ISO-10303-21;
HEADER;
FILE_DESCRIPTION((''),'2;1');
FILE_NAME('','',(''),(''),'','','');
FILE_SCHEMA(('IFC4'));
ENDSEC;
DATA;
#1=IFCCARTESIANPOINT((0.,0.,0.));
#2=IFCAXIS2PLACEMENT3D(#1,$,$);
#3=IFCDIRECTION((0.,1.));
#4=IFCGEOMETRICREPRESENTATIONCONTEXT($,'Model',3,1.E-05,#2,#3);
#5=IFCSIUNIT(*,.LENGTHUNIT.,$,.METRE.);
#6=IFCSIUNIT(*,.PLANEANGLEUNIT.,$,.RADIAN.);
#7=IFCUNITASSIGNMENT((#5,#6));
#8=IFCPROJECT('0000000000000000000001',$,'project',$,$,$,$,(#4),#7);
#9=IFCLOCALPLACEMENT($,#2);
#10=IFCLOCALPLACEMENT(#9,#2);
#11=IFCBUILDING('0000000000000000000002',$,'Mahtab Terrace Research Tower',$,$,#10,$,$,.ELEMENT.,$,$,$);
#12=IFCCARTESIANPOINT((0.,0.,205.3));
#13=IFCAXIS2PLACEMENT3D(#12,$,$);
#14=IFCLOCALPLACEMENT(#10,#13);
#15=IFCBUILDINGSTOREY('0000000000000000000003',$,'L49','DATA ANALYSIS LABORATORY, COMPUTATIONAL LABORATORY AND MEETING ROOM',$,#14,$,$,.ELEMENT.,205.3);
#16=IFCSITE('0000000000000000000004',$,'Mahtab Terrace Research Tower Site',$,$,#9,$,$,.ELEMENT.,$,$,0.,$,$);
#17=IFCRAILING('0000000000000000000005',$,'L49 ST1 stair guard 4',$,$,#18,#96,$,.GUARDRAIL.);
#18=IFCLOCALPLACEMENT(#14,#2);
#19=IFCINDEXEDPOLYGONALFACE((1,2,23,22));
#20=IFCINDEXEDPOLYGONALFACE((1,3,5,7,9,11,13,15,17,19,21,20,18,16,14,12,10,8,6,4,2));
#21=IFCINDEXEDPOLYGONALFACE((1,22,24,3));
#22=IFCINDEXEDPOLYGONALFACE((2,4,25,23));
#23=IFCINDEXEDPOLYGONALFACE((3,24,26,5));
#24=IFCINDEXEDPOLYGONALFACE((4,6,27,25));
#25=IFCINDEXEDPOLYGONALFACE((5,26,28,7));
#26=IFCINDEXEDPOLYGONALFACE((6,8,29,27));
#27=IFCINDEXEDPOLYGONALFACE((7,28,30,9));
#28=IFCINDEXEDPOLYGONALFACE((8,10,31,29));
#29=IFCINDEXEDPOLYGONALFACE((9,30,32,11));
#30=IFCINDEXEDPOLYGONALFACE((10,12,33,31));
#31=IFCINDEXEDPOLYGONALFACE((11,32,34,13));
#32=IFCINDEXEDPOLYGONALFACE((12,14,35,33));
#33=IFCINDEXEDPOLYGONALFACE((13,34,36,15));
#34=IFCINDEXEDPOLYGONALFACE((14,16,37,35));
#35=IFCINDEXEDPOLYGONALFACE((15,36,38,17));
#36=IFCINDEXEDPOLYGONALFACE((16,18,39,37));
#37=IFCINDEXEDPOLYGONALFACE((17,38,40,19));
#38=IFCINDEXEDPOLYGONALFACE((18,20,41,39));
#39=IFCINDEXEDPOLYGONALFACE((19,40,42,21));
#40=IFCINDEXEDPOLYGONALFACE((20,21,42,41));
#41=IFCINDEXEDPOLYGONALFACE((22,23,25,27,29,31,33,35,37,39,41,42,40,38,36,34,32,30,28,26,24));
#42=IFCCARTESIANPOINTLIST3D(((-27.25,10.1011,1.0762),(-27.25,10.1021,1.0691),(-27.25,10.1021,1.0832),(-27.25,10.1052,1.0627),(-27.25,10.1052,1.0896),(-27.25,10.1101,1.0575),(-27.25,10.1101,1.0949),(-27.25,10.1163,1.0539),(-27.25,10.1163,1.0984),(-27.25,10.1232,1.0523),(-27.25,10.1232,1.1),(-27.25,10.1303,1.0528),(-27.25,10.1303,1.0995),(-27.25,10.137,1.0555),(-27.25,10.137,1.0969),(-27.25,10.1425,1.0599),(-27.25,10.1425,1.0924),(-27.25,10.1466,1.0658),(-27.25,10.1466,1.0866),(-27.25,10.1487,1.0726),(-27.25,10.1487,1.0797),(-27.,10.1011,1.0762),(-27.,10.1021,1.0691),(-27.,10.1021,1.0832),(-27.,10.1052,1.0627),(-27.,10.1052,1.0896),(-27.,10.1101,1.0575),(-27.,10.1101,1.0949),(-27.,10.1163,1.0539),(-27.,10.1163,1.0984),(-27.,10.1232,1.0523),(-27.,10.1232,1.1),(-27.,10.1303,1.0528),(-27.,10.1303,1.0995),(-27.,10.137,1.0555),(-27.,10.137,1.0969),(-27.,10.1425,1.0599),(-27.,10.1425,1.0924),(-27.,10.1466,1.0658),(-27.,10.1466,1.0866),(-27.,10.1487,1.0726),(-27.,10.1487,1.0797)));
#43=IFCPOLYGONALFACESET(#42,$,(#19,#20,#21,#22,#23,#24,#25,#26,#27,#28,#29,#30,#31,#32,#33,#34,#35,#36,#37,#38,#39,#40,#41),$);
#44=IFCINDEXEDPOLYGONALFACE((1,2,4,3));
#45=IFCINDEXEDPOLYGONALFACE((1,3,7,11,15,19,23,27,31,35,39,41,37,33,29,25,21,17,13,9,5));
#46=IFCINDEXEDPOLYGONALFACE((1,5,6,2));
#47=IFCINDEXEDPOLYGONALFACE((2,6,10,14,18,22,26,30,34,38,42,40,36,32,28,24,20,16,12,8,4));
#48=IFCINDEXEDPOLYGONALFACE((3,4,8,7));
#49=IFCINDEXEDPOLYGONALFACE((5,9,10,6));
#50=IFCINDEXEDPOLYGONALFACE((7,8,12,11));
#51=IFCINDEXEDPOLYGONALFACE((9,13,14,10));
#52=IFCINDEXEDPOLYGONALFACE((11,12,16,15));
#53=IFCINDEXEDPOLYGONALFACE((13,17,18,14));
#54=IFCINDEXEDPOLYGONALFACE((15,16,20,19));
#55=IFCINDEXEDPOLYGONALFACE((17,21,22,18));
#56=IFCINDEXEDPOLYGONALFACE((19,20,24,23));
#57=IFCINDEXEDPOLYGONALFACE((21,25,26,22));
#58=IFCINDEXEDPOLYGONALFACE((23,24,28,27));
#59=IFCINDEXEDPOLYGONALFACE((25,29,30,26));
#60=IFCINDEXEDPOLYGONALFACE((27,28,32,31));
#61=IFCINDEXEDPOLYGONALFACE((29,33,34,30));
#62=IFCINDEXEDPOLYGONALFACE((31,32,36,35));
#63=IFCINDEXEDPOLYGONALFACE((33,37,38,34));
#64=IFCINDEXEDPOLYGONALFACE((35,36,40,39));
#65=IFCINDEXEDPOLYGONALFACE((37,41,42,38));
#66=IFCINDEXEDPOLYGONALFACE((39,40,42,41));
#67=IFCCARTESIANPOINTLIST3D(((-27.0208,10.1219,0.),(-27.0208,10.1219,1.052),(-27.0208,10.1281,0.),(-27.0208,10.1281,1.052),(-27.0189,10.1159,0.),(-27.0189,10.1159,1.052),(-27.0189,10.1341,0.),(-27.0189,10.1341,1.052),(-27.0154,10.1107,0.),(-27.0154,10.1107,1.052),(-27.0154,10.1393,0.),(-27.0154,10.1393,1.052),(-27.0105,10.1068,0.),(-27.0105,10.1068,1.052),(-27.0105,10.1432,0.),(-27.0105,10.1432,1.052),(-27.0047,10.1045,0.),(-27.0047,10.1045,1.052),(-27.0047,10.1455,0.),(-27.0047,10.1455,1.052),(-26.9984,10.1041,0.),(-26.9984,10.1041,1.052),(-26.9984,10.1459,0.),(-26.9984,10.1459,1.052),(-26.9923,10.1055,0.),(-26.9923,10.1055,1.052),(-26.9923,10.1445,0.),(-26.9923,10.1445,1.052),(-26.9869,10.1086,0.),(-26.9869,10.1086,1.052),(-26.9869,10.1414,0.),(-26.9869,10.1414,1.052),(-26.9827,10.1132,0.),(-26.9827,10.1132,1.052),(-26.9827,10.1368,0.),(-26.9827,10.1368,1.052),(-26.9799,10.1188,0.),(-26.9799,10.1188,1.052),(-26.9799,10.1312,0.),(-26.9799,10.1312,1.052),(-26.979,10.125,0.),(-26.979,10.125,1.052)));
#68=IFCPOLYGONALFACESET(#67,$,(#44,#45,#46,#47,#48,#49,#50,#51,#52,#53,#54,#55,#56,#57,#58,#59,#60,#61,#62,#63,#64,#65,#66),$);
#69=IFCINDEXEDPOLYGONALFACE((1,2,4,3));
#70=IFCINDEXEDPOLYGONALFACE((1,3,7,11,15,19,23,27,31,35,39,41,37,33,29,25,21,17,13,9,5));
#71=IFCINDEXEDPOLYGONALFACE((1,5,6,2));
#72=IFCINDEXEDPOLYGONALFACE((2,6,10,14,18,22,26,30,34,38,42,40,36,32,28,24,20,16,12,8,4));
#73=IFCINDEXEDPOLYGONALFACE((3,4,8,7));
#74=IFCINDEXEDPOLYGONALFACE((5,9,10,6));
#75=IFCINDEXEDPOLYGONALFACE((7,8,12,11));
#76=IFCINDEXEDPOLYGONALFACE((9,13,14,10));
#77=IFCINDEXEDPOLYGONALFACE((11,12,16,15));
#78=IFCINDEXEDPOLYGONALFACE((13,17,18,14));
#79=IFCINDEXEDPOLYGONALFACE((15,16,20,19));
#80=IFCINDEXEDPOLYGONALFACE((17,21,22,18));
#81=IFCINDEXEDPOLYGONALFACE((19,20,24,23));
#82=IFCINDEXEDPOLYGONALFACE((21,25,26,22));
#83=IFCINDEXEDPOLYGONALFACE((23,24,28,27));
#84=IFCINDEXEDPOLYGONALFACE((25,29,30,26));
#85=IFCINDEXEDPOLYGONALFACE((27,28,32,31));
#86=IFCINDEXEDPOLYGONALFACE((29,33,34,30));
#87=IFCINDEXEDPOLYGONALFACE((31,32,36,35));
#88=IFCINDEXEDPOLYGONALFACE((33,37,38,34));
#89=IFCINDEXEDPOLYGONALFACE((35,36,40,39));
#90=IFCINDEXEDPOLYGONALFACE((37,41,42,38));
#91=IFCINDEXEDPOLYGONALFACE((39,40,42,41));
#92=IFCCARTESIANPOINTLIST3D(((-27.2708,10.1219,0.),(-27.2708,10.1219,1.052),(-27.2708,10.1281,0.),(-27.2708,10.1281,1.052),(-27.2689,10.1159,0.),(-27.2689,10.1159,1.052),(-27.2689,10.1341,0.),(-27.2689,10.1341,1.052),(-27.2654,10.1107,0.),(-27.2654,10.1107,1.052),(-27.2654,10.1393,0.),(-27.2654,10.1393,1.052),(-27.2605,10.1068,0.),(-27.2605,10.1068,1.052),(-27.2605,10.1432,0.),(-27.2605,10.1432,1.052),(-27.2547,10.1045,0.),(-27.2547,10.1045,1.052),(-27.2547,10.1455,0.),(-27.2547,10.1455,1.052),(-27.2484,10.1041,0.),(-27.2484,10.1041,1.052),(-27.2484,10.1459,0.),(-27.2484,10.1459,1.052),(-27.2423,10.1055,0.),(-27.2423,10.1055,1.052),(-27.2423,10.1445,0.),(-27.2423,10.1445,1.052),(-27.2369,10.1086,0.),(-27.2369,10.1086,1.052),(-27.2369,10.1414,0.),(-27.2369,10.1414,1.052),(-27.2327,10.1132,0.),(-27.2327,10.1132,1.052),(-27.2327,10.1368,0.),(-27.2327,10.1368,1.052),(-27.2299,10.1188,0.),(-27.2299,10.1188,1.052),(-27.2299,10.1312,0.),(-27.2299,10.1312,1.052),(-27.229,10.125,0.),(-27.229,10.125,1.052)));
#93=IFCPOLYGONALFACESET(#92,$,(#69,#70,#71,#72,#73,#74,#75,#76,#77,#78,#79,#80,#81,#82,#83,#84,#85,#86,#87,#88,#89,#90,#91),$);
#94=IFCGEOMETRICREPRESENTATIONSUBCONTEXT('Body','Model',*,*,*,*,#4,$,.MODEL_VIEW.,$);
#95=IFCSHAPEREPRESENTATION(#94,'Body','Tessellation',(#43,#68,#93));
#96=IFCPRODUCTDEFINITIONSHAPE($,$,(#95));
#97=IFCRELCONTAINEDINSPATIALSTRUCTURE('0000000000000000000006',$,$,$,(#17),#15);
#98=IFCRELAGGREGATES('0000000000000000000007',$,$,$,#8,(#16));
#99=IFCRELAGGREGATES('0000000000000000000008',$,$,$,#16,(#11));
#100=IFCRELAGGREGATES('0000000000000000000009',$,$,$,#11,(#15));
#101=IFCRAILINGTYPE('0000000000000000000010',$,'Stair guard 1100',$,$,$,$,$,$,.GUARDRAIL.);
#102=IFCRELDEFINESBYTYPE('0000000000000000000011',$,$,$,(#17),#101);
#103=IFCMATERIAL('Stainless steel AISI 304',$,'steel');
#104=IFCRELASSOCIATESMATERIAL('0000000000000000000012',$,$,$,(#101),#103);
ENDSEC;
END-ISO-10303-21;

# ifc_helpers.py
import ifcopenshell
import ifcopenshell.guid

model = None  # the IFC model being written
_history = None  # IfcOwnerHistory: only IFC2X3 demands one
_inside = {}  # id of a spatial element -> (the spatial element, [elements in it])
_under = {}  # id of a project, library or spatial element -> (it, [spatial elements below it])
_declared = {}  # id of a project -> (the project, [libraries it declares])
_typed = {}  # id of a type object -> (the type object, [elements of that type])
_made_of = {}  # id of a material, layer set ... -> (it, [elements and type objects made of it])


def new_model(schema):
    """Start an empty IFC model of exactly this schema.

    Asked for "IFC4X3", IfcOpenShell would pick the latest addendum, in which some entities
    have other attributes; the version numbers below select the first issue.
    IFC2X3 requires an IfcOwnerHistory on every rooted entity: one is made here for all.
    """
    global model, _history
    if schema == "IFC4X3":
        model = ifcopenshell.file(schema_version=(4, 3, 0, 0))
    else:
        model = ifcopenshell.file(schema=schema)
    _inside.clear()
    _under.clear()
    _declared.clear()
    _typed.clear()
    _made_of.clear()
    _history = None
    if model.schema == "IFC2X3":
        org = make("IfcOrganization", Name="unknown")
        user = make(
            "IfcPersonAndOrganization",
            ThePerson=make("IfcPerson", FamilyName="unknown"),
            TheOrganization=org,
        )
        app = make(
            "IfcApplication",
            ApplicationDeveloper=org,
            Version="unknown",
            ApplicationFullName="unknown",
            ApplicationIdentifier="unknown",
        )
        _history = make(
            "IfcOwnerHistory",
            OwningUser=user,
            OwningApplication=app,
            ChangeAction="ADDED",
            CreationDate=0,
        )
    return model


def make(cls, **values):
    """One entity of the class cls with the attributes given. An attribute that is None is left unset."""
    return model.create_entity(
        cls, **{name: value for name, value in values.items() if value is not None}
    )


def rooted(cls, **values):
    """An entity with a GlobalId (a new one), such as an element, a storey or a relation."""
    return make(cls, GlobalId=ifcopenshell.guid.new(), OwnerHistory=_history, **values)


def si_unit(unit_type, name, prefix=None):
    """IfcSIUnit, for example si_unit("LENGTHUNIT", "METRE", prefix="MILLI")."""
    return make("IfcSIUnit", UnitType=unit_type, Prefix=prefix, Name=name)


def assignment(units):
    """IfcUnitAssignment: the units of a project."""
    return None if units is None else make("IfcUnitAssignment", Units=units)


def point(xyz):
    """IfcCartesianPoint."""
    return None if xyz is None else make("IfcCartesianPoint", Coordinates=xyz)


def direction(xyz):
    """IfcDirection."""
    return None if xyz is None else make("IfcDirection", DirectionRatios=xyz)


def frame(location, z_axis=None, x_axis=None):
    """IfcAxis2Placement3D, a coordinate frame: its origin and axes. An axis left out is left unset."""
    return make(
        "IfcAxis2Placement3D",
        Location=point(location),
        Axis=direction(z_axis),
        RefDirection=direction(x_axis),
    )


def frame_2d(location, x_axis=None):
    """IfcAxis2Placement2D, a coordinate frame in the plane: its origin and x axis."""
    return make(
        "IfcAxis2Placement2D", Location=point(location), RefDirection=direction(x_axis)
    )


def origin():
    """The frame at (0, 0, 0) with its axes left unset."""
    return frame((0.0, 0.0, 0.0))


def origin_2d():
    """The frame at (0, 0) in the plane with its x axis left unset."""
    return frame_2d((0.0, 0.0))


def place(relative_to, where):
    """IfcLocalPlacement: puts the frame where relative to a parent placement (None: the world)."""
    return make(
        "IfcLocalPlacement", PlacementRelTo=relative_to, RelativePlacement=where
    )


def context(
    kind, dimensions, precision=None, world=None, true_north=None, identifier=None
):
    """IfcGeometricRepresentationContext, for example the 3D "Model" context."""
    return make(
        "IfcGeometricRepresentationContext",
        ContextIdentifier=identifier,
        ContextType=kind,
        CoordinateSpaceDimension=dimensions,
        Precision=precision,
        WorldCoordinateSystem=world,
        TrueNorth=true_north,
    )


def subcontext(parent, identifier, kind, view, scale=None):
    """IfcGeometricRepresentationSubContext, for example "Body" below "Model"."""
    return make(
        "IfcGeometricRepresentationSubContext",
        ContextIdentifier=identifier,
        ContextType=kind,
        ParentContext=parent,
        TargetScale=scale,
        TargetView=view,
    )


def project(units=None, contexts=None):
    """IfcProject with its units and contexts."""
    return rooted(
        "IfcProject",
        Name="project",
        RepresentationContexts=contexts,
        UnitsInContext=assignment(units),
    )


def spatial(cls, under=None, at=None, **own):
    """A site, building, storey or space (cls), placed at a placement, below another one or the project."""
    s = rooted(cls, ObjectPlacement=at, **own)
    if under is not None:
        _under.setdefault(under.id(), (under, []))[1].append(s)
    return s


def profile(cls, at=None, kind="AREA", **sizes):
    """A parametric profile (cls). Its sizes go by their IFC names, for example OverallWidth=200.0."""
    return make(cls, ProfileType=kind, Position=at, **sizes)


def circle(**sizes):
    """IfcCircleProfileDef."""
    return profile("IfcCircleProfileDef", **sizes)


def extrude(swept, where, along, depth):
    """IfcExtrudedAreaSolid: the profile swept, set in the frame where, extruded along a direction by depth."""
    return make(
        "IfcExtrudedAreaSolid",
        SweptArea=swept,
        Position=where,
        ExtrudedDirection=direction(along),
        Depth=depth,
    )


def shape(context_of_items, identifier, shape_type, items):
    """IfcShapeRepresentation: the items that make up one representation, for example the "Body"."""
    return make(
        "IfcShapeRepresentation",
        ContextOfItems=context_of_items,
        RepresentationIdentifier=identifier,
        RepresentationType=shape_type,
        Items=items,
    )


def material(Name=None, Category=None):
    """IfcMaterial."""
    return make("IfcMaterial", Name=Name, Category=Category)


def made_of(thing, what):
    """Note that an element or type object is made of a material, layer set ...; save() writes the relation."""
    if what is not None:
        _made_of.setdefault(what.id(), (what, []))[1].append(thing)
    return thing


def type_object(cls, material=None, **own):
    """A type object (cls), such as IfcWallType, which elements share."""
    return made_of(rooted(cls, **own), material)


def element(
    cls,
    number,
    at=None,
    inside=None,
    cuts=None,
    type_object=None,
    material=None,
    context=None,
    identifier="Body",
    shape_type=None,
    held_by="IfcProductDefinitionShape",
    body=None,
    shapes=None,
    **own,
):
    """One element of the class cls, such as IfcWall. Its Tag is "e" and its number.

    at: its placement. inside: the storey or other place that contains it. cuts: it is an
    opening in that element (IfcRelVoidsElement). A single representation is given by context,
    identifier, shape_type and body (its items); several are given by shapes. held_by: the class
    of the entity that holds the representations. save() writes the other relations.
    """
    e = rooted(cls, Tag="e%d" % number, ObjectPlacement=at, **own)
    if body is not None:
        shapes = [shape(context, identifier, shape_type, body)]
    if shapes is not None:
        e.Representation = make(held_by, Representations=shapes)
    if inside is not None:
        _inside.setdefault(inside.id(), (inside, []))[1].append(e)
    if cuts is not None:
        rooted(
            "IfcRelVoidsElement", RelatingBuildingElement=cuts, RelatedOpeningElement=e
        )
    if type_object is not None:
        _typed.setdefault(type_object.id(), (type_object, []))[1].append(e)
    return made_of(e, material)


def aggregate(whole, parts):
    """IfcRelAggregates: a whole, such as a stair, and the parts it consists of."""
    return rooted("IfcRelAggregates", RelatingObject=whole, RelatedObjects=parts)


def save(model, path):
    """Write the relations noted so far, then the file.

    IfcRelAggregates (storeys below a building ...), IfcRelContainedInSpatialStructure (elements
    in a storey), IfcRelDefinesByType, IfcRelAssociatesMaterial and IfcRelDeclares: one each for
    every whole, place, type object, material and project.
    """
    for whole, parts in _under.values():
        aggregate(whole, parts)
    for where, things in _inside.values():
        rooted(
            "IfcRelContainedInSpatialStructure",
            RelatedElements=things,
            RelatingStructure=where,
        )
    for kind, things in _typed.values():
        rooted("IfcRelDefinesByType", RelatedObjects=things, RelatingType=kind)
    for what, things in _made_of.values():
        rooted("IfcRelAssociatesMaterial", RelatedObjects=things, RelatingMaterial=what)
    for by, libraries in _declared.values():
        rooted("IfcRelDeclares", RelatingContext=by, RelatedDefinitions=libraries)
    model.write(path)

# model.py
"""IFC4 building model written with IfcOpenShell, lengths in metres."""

from ifc_helpers import new_model, si_unit, direction, frame, origin, origin_2d, place, context, subcontext, project, spatial, circle, extrude, material, type_object, element, save


model = new_model("IFC4")

# Units and contexts
model_context = context("Model", 3, precision=1e-05, world=origin(), true_north=direction((0.0, 1.0)))
body_context = subcontext(model_context, "Body", "Model", "MODEL_VIEW")
ifc_project = project(units=[si_unit("LENGTHUNIT", "METRE"), si_unit("PLANEANGLEUNIT", "RADIAN")], contexts=[model_context])

# Site, building, storey
site_placement = place(None, origin())
site = spatial("IfcSite", under=ifc_project, at=site_placement, Name="Mahtab Terrace Research Tower Site", CompositionType="ELEMENT", RefElevation=0.0)
building_placement = place(site_placement, origin())
building = spatial("IfcBuilding", under=site, at=building_placement, Name="Mahtab Terrace Research Tower", CompositionType="ELEMENT")
storey_placement = place(building_placement, frame((0.0, 0.0, 205.3)))
storey = spatial("IfcBuildingStorey", under=building, at=storey_placement, Name="L49", Description="DATA ANALYSIS LABORATORY, COMPUTATIONAL LABORATORY AND MEETING ROOM", CompositionType="ELEMENT", Elevation=205.3)

# Railing
ifc_material_1 = material(Name="Stainless steel AISI 304", Category="steel")
railing_type_1 = type_object("IfcRailingType", Name="Stair guard 1100", PredefinedType="GUARDRAIL", material=ifc_material_1)
railing_1_placement = place(storey_placement, frame((-27.0, 10.125, 0.0)))
element("IfcRailing", 1, at=railing_1_placement, inside=storey, type_object=railing_type_1, Name="L49 ST1 stair guard 4", PredefinedType="GUARDRAIL", context=body_context, shape_type="SweptSolid", body=[
    extrude(circle(Radius=0.0239, at=origin_2d()), frame((0.0, 0.0, 1.0762), z_axis=(-1.0, 0.0, 0.0), x_axis=(0.0, -1.0, 0.0)), (0.0, 0.0, 1.0), 0.25),
    extrude(circle(Radius=0.021, at=origin_2d()), origin(), (0.0, 0.0, 1.0), 1.052),
    extrude(circle(Radius=0.021, at=origin_2d()), frame((-0.25, 0.0, 0.0)), (0.0, 0.0, 1.0), 1.052),
])

save(model, "model.ifc")
